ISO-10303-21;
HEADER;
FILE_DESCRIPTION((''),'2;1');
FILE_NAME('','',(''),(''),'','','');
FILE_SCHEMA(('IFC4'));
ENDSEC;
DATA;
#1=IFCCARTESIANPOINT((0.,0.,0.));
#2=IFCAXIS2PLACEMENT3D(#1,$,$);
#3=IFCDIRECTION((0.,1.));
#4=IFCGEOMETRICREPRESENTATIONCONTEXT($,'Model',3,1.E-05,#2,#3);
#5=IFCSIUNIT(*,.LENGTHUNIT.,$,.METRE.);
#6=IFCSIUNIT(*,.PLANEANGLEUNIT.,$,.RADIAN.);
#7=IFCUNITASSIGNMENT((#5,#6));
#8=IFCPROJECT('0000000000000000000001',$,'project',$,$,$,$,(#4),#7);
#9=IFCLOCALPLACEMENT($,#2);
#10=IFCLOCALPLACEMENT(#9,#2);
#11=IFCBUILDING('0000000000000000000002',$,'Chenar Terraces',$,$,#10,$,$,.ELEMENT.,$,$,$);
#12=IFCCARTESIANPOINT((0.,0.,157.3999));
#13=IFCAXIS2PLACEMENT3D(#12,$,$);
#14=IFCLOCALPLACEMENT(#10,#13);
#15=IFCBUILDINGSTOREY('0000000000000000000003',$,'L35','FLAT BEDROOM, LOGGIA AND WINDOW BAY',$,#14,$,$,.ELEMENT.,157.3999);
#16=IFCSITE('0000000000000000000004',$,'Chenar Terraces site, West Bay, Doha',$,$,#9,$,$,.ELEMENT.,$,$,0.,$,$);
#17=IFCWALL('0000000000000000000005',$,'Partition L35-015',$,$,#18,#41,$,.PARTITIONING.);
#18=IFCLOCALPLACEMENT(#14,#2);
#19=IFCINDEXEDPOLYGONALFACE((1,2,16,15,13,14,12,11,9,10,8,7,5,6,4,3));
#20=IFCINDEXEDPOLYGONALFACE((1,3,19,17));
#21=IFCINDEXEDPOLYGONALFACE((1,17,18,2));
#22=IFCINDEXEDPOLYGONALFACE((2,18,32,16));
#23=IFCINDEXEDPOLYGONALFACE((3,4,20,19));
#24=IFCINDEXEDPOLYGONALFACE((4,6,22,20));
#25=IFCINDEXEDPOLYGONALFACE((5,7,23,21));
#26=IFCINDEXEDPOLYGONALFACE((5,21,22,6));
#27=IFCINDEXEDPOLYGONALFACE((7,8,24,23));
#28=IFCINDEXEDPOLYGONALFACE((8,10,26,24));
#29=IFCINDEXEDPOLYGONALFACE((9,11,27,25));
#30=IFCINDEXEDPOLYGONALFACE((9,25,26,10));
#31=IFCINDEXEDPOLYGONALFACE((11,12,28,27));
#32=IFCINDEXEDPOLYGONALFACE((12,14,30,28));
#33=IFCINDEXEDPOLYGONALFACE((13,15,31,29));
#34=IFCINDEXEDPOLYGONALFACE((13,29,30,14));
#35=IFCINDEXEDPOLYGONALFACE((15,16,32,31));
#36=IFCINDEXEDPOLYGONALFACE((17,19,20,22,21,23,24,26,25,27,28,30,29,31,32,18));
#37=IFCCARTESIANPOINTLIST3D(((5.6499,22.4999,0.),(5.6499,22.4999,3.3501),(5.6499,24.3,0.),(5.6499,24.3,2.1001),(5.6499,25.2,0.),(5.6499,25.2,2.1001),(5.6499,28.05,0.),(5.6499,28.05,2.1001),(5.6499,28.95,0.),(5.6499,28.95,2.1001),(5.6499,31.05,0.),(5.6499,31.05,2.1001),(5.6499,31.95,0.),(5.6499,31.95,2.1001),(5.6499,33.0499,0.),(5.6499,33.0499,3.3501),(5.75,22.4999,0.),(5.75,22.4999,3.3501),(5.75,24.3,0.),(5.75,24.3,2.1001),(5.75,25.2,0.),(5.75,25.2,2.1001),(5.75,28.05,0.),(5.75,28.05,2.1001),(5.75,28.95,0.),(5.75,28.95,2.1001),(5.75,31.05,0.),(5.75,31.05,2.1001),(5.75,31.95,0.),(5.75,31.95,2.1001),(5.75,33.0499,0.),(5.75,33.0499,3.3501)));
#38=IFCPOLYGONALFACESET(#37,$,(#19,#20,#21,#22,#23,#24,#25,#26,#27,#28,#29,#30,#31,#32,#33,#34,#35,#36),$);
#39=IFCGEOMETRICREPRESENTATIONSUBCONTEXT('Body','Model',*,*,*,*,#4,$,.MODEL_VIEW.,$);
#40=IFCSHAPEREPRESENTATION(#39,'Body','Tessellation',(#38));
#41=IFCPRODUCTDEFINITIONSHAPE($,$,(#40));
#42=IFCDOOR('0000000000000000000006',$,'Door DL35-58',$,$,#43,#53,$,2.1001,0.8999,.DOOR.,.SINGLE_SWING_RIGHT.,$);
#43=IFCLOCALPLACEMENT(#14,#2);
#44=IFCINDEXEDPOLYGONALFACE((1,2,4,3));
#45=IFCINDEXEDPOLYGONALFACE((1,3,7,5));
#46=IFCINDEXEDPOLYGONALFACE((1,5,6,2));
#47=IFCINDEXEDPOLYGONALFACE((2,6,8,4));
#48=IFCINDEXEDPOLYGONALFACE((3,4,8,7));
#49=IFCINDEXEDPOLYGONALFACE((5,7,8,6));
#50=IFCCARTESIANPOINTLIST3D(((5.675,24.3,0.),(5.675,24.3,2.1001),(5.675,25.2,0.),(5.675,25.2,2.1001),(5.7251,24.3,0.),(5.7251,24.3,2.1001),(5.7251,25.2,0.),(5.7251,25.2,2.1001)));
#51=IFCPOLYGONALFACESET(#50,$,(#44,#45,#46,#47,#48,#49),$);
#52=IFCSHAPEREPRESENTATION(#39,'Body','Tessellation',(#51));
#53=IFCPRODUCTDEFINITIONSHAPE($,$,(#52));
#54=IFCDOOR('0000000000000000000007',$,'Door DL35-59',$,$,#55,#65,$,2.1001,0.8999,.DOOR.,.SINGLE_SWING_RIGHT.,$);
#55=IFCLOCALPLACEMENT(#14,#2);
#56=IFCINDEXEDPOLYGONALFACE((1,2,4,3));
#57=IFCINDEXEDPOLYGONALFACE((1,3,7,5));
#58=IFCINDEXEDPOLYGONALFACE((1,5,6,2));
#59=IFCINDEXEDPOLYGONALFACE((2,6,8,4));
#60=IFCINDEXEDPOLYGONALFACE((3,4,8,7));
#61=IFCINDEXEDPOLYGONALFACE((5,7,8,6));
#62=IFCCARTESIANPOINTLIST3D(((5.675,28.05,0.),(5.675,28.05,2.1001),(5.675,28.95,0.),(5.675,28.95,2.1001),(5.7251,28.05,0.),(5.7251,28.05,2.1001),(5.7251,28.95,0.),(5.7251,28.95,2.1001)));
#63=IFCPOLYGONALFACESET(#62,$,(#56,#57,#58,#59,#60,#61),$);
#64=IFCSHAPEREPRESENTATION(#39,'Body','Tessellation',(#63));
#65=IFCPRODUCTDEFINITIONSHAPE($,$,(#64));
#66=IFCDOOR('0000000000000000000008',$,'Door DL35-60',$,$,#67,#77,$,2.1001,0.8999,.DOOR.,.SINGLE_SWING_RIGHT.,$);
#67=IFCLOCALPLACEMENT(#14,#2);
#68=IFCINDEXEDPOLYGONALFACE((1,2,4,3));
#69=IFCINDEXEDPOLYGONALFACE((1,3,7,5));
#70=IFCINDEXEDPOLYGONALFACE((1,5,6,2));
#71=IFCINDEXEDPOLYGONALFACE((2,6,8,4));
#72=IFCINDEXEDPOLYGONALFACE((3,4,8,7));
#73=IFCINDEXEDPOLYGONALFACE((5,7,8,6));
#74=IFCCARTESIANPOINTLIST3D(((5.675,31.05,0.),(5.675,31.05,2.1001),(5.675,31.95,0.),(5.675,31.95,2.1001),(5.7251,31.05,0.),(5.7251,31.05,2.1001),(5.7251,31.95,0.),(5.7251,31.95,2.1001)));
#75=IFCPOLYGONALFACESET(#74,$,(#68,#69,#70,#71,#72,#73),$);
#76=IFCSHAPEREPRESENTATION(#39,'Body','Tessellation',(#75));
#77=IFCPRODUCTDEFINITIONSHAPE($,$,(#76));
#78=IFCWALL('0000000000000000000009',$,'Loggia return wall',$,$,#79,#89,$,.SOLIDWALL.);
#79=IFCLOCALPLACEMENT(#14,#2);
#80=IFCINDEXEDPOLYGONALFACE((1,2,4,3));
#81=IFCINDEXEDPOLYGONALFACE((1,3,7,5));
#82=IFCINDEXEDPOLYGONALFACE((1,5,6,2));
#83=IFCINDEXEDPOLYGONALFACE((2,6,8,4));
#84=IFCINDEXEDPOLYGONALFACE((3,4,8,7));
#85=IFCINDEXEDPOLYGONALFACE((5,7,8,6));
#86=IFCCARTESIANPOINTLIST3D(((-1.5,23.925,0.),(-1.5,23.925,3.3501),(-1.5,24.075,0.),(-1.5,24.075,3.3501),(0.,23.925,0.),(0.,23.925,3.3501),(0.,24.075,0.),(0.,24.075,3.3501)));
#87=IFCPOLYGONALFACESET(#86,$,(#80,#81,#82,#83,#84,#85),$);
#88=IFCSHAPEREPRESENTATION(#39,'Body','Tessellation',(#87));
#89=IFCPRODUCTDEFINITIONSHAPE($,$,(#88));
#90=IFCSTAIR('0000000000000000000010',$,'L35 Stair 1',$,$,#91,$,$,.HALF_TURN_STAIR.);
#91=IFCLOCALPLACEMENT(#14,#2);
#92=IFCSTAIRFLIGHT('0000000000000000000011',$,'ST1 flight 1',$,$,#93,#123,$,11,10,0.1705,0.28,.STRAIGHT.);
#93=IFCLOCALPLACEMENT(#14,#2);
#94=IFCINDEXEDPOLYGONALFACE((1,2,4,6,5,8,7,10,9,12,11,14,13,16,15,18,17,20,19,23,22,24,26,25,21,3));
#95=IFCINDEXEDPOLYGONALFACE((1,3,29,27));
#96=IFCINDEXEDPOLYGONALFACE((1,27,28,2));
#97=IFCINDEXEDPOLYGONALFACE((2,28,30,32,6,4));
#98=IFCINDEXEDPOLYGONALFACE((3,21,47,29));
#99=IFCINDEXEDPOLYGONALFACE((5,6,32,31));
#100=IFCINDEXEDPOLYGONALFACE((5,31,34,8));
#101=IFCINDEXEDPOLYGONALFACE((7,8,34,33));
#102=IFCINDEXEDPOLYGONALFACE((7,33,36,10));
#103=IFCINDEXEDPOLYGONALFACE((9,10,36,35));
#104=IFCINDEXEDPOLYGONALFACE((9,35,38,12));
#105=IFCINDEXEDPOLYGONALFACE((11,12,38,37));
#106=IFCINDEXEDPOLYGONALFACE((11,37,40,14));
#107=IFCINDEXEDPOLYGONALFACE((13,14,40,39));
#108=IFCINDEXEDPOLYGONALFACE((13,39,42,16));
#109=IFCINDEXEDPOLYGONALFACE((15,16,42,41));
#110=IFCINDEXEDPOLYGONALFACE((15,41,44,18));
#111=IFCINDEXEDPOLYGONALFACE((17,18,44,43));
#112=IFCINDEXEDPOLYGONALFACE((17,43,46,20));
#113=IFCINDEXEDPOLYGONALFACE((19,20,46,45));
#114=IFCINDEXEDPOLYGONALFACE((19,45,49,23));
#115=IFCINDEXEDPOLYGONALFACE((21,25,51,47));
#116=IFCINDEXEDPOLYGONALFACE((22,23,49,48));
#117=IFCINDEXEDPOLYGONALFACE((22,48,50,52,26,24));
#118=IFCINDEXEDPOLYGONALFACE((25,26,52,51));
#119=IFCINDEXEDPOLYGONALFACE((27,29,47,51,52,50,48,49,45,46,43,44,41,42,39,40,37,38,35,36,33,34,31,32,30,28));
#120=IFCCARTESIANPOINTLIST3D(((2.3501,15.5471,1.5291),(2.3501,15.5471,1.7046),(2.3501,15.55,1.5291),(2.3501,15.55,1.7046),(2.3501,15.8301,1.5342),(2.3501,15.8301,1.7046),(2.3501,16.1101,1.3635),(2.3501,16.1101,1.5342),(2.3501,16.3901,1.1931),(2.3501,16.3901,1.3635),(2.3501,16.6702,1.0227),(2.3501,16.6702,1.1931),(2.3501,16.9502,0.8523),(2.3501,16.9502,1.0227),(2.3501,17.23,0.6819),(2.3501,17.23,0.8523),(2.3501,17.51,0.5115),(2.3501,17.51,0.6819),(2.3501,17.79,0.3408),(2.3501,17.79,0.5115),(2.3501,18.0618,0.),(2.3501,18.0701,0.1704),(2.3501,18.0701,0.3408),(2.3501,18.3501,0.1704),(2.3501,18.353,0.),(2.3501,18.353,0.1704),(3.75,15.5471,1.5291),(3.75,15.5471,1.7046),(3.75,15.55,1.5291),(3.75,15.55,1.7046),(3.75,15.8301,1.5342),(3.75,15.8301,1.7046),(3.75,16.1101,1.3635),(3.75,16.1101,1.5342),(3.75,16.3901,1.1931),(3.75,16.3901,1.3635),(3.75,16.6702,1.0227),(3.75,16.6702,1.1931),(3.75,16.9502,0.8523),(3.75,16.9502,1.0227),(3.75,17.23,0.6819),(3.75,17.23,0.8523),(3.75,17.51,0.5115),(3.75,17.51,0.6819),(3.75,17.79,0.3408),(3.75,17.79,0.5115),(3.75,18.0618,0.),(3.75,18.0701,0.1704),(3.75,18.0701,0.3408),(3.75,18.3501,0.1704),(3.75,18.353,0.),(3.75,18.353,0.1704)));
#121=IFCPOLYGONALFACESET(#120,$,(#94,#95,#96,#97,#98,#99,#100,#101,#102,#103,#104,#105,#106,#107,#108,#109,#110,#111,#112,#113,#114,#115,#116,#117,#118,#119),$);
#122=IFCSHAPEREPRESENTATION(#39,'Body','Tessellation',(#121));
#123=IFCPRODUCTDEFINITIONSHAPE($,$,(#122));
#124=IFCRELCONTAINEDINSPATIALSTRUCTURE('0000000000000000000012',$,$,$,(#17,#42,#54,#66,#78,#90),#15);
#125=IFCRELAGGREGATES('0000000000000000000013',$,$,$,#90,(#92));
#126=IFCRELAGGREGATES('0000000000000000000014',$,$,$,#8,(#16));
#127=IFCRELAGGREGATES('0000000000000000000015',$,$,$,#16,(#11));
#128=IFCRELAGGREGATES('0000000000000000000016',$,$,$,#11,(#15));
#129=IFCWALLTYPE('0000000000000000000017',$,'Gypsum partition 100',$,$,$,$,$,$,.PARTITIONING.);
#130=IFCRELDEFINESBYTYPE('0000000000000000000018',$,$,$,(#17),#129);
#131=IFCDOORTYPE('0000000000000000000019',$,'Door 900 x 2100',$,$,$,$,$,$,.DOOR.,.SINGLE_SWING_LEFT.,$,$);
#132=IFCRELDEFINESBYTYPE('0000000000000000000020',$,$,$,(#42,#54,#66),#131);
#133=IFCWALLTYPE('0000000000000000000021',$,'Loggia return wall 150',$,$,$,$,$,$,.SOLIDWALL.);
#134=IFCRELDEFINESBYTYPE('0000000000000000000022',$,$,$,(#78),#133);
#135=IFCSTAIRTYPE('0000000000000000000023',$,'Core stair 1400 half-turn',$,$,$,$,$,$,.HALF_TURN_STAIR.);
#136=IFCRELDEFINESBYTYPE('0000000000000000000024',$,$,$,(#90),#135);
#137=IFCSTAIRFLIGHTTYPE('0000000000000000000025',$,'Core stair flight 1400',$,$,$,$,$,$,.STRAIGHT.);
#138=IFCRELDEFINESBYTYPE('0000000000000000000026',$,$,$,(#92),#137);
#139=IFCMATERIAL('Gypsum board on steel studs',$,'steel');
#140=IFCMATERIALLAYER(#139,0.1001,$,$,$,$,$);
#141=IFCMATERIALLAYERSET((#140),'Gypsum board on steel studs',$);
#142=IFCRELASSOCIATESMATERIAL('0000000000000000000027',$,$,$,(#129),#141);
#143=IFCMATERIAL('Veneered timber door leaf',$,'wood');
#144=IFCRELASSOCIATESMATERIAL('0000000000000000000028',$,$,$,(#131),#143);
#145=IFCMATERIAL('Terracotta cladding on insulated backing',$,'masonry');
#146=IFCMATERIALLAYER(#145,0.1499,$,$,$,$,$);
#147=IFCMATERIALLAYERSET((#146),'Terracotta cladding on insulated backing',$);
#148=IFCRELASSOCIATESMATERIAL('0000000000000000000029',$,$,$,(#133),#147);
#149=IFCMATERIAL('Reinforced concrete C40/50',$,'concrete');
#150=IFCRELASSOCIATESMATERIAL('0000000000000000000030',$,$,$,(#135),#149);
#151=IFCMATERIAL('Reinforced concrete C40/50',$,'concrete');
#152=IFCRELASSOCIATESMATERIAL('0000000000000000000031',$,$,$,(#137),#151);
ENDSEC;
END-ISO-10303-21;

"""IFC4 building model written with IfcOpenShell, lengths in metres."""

from ifc_helpers import new_model, si_unit, direction, frame, frame_2d, origin, place, context, subcontext, project, spatial, polyline, rectangle, outline, extrude, material, layer, layer_set, type_object, element, fill, aggregate, save


model = new_model("IFC4")

# Units and contexts
model_context = context("Model", 3, precision=1e-05, world=origin(), true_north=direction((0.0, 1.0)))
body_context = subcontext(model_context, "Body", "Model", "MODEL_VIEW")
ifc_project = project(units=[si_unit("LENGTHUNIT", "METRE"), si_unit("PLANEANGLEUNIT", "RADIAN")], contexts=[model_context])

# Site, building, storey
site_placement = place(None, origin())
site = spatial("IfcSite", under=ifc_project, at=site_placement, Name="Chenar Terraces site, West Bay, Doha", CompositionType="ELEMENT", RefElevation=0.0)
building_placement = place(site_placement, origin())
building = spatial("IfcBuilding", under=site, at=building_placement, Name="Chenar Terraces", CompositionType="ELEMENT")
storey_placement = place(building_placement, frame((0.0, 0.0, 157.3999)))
storey = spatial("IfcBuildingStorey", under=building, at=storey_placement, Name="L35", Description="FLAT BEDROOM, LOGGIA AND WINDOW BAY", CompositionType="ELEMENT", Elevation=157.3999)

# Shared definitions
ifc_material_1 = material(Name="Gypsum board on steel studs", Category="steel")
ifc_layer_1 = layer(ifc_material_1, 0.1001)
ifc_layer_set_1 = layer_set([ifc_layer_1], Name="Gypsum board on steel studs")
wall_type_1 = type_object("IfcWallType", Name="Gypsum partition 100", PredefinedType="PARTITIONING", material=ifc_layer_set_1)

# Wall, openings, doors
wall_1_placement = place(storey_placement, frame((5.7, 22.5, 0.0), z_axis=(0.0, 0.0, 1.0), x_axis=(0.0, 1.0, 0.0)))
wall_1 = element("IfcWall", 1, at=wall_1_placement, inside=storey, type_object=wall_type_1, Name="Partition L35-015", PredefinedType="PARTITIONING", context=body_context, shape_type="SweptSolid", body=[
    extrude(rectangle(XDim=10.55, YDim=0.1001, at=frame_2d((5.2749, 0.0))), origin(), (0.0, 0.0, 1.0), 3.3501),
])
opening_1_placement = place(wall_1_placement, frame((1.8, 0.0, 0.0)))
opening_1 = element("IfcOpeningElement", 2, at=opening_1_placement, cuts=wall_1, PredefinedType="OPENING", context=body_context, shape_type="SweptSolid", body=[
    extrude(rectangle(XDim=0.8999, YDim=2.1001, at=frame_2d((0.45, 1.05))), frame((0.0, 0.0601, 0.0), z_axis=(0.0, -1.0, 0.0), x_axis=(1.0, 0.0, 0.0)), (0.0, 0.0, 1.0), 0.1201),
])
opening_2_placement = place(wall_1_placement, frame((5.55, 0.0, 0.0)))
opening_2 = element("IfcOpeningElement", 3, at=opening_2_placement, cuts=wall_1, PredefinedType="OPENING", context=body_context, shape_type="SweptSolid", body=[
    extrude(rectangle(XDim=0.8999, YDim=2.1001, at=frame_2d((0.45, 1.05))), frame((0.0, 0.0601, 0.0), z_axis=(0.0, -1.0, 0.0), x_axis=(1.0, 0.0, 0.0)), (0.0, 0.0, 1.0), 0.1201),
])
opening_3_placement = place(wall_1_placement, frame((8.55, 0.0, 0.0)))
opening_3 = element("IfcOpeningElement", 4, at=opening_3_placement, cuts=wall_1, PredefinedType="OPENING", context=body_context, shape_type="SweptSolid", body=[
    extrude(rectangle(XDim=0.8999, YDim=2.1001, at=frame_2d((0.45, 1.05))), frame((0.0, 0.0601, 0.0), z_axis=(0.0, -1.0, 0.0), x_axis=(1.0, 0.0, 0.0)), (0.0, 0.0, 1.0), 0.1201),
])
ifc_material_2 = material(Name="Veneered timber door leaf", Category="wood")
door_type_1 = type_object("IfcDoorType", Name="Door 900 x 2100", OperationType="SINGLE_SWING_LEFT", PredefinedType="DOOR", material=ifc_material_2)
door_1_placement = place(opening_1_placement, origin())
door_1 = element("IfcDoor", 5, at=door_1_placement, inside=storey, type_object=door_type_1, Name="Door DL35-58", OperationType="SINGLE_SWING_RIGHT", OverallHeight=2.1001, OverallWidth=0.8999, PredefinedType="DOOR", context=body_context, shape_type="SweptSolid", body=[
    extrude(rectangle(XDim=0.8999, YDim=2.1001, at=frame_2d((0.45, 1.05))), frame((0.0, 0.0249, 0.0), z_axis=(0.0, -1.0, 0.0), x_axis=(1.0, 0.0, 0.0)), (0.0, 0.0, 1.0), 0.05),
])
fill(opening_1, door_1)
door_2_placement = place(opening_2_placement, origin())
door_2 = element("IfcDoor", 6, at=door_2_placement, inside=storey, type_object=door_type_1, Name="Door DL35-59", OperationType="SINGLE_SWING_RIGHT", OverallHeight=2.1001, OverallWidth=0.8999, PredefinedType="DOOR", context=body_context, shape_type="SweptSolid", body=[
    extrude(rectangle(XDim=0.8999, YDim=2.1001, at=frame_2d((0.45, 1.05))), frame((0.0, 0.0249, 0.0), z_axis=(0.0, -1.0, 0.0), x_axis=(1.0, 0.0, 0.0)), (0.0, 0.0, 1.0), 0.05),
])
fill(opening_2, door_2)
door_3_placement = place(opening_3_placement, origin())
door_3 = element("IfcDoor", 7, at=door_3_placement, inside=storey, type_object=door_type_1, Name="Door DL35-60", OperationType="SINGLE_SWING_RIGHT", OverallHeight=2.1001, OverallWidth=0.8999, PredefinedType="DOOR", context=body_context, shape_type="SweptSolid", body=[
    extrude(rectangle(XDim=0.8999, YDim=2.1001, at=frame_2d((0.45, 1.05))), frame((0.0, 0.0249, 0.0), z_axis=(0.0, -1.0, 0.0), x_axis=(1.0, 0.0, 0.0)), (0.0, 0.0, 1.0), 0.05),
])
fill(opening_3, door_3)

# Wall
ifc_material_3 = material(Name="Terracotta cladding on insulated backing", Category="masonry")
ifc_layer_2 = layer(ifc_material_3, 0.1499)
ifc_layer_set_2 = layer_set([ifc_layer_2], Name="Terracotta cladding on insulated backing")
wall_type_2 = type_object("IfcWallType", Name="Loggia return wall 150", PredefinedType="SOLIDWALL", material=ifc_layer_set_2)
wall_2_placement = place(storey_placement, frame((-1.5, 24.0, 0.0), z_axis=(0.0, 0.0, 1.0), x_axis=(1.0, 0.0, 0.0)))
element("IfcWall", 8, at=wall_2_placement, inside=storey, type_object=wall_type_2, Name="Loggia return wall", PredefinedType="SOLIDWALL", context=body_context, shape_type="SweptSolid", body=[
    extrude(rectangle(XDim=1.5, YDim=0.1499, at=frame_2d((0.75, 0.0))), origin(), (0.0, 0.0, 1.0), 3.3501),
])

# Stair, stair flight
ifc_material_4 = material(Name="Reinforced concrete C40/50", Category="concrete")
stair_type = type_object("IfcStairType", Name="Core stair 1400 half-turn", PredefinedType="HALF_TURN_STAIR", material=ifc_material_4)
stair_placement = place(storey_placement, origin())
stair = element("IfcStair", 9, at=stair_placement, inside=storey, type_object=stair_type, Name="L35 Stair 1", PredefinedType="HALF_TURN_STAIR")
ifc_material_5 = material(Name="Reinforced concrete C40/50", Category="concrete")
stair_flight_type = type_object("IfcStairFlightType", Name="Core stair flight 1400", PredefinedType="STRAIGHT", material=ifc_material_5)
stair_flight_placement = place(storey_placement, frame((3.05, 18.3501, 0.0), z_axis=(0.0, 0.0, 1.0), x_axis=(0.0, -1.0, 0.0)))
stair_flight = element("IfcStairFlight", 10, at=stair_flight_placement, type_object=stair_flight_type, Name="ST1 flight 1", NumberOfRisers=11, NumberOfTreads=10, PredefinedType="STRAIGHT", RiserHeight=0.1705, TreadLength=0.28, context=body_context, shape_type="SweptSolid", body=[
    extrude(outline(polyline([(-0.0029, 0.0), (-0.0029, 0.1704), (0.0, 0.1704), (0.28, 0.1704), (0.28, 0.3408), (0.5601, 0.3408), (0.5601, 0.5115), (0.8401, 0.5115), (0.8401, 0.6819), (1.1201, 0.6819), (1.1201, 0.8523), (1.3999, 0.8523), (1.3999, 1.0227), (1.6799, 1.0227), (1.6799, 1.1931), (1.96, 1.1931), (1.96, 1.3635), (2.24, 1.3635), (2.24, 1.5342), (2.52, 1.5342), (2.52, 1.7046), (2.8, 1.7046), (2.803, 1.7046), (2.803, 1.5291), (2.8, 1.5291), (0.2883, 0.0), (-0.0029, 0.0)])), frame((0.0, 0.7, 0.0), z_axis=(0.0, -1.0, 0.0), x_axis=(1.0, 0.0, 0.0)), (0.0, 0.0, 1.0), 1.3999),
])
aggregate(stair, [stair_flight])

save(model, "model.ifc")
